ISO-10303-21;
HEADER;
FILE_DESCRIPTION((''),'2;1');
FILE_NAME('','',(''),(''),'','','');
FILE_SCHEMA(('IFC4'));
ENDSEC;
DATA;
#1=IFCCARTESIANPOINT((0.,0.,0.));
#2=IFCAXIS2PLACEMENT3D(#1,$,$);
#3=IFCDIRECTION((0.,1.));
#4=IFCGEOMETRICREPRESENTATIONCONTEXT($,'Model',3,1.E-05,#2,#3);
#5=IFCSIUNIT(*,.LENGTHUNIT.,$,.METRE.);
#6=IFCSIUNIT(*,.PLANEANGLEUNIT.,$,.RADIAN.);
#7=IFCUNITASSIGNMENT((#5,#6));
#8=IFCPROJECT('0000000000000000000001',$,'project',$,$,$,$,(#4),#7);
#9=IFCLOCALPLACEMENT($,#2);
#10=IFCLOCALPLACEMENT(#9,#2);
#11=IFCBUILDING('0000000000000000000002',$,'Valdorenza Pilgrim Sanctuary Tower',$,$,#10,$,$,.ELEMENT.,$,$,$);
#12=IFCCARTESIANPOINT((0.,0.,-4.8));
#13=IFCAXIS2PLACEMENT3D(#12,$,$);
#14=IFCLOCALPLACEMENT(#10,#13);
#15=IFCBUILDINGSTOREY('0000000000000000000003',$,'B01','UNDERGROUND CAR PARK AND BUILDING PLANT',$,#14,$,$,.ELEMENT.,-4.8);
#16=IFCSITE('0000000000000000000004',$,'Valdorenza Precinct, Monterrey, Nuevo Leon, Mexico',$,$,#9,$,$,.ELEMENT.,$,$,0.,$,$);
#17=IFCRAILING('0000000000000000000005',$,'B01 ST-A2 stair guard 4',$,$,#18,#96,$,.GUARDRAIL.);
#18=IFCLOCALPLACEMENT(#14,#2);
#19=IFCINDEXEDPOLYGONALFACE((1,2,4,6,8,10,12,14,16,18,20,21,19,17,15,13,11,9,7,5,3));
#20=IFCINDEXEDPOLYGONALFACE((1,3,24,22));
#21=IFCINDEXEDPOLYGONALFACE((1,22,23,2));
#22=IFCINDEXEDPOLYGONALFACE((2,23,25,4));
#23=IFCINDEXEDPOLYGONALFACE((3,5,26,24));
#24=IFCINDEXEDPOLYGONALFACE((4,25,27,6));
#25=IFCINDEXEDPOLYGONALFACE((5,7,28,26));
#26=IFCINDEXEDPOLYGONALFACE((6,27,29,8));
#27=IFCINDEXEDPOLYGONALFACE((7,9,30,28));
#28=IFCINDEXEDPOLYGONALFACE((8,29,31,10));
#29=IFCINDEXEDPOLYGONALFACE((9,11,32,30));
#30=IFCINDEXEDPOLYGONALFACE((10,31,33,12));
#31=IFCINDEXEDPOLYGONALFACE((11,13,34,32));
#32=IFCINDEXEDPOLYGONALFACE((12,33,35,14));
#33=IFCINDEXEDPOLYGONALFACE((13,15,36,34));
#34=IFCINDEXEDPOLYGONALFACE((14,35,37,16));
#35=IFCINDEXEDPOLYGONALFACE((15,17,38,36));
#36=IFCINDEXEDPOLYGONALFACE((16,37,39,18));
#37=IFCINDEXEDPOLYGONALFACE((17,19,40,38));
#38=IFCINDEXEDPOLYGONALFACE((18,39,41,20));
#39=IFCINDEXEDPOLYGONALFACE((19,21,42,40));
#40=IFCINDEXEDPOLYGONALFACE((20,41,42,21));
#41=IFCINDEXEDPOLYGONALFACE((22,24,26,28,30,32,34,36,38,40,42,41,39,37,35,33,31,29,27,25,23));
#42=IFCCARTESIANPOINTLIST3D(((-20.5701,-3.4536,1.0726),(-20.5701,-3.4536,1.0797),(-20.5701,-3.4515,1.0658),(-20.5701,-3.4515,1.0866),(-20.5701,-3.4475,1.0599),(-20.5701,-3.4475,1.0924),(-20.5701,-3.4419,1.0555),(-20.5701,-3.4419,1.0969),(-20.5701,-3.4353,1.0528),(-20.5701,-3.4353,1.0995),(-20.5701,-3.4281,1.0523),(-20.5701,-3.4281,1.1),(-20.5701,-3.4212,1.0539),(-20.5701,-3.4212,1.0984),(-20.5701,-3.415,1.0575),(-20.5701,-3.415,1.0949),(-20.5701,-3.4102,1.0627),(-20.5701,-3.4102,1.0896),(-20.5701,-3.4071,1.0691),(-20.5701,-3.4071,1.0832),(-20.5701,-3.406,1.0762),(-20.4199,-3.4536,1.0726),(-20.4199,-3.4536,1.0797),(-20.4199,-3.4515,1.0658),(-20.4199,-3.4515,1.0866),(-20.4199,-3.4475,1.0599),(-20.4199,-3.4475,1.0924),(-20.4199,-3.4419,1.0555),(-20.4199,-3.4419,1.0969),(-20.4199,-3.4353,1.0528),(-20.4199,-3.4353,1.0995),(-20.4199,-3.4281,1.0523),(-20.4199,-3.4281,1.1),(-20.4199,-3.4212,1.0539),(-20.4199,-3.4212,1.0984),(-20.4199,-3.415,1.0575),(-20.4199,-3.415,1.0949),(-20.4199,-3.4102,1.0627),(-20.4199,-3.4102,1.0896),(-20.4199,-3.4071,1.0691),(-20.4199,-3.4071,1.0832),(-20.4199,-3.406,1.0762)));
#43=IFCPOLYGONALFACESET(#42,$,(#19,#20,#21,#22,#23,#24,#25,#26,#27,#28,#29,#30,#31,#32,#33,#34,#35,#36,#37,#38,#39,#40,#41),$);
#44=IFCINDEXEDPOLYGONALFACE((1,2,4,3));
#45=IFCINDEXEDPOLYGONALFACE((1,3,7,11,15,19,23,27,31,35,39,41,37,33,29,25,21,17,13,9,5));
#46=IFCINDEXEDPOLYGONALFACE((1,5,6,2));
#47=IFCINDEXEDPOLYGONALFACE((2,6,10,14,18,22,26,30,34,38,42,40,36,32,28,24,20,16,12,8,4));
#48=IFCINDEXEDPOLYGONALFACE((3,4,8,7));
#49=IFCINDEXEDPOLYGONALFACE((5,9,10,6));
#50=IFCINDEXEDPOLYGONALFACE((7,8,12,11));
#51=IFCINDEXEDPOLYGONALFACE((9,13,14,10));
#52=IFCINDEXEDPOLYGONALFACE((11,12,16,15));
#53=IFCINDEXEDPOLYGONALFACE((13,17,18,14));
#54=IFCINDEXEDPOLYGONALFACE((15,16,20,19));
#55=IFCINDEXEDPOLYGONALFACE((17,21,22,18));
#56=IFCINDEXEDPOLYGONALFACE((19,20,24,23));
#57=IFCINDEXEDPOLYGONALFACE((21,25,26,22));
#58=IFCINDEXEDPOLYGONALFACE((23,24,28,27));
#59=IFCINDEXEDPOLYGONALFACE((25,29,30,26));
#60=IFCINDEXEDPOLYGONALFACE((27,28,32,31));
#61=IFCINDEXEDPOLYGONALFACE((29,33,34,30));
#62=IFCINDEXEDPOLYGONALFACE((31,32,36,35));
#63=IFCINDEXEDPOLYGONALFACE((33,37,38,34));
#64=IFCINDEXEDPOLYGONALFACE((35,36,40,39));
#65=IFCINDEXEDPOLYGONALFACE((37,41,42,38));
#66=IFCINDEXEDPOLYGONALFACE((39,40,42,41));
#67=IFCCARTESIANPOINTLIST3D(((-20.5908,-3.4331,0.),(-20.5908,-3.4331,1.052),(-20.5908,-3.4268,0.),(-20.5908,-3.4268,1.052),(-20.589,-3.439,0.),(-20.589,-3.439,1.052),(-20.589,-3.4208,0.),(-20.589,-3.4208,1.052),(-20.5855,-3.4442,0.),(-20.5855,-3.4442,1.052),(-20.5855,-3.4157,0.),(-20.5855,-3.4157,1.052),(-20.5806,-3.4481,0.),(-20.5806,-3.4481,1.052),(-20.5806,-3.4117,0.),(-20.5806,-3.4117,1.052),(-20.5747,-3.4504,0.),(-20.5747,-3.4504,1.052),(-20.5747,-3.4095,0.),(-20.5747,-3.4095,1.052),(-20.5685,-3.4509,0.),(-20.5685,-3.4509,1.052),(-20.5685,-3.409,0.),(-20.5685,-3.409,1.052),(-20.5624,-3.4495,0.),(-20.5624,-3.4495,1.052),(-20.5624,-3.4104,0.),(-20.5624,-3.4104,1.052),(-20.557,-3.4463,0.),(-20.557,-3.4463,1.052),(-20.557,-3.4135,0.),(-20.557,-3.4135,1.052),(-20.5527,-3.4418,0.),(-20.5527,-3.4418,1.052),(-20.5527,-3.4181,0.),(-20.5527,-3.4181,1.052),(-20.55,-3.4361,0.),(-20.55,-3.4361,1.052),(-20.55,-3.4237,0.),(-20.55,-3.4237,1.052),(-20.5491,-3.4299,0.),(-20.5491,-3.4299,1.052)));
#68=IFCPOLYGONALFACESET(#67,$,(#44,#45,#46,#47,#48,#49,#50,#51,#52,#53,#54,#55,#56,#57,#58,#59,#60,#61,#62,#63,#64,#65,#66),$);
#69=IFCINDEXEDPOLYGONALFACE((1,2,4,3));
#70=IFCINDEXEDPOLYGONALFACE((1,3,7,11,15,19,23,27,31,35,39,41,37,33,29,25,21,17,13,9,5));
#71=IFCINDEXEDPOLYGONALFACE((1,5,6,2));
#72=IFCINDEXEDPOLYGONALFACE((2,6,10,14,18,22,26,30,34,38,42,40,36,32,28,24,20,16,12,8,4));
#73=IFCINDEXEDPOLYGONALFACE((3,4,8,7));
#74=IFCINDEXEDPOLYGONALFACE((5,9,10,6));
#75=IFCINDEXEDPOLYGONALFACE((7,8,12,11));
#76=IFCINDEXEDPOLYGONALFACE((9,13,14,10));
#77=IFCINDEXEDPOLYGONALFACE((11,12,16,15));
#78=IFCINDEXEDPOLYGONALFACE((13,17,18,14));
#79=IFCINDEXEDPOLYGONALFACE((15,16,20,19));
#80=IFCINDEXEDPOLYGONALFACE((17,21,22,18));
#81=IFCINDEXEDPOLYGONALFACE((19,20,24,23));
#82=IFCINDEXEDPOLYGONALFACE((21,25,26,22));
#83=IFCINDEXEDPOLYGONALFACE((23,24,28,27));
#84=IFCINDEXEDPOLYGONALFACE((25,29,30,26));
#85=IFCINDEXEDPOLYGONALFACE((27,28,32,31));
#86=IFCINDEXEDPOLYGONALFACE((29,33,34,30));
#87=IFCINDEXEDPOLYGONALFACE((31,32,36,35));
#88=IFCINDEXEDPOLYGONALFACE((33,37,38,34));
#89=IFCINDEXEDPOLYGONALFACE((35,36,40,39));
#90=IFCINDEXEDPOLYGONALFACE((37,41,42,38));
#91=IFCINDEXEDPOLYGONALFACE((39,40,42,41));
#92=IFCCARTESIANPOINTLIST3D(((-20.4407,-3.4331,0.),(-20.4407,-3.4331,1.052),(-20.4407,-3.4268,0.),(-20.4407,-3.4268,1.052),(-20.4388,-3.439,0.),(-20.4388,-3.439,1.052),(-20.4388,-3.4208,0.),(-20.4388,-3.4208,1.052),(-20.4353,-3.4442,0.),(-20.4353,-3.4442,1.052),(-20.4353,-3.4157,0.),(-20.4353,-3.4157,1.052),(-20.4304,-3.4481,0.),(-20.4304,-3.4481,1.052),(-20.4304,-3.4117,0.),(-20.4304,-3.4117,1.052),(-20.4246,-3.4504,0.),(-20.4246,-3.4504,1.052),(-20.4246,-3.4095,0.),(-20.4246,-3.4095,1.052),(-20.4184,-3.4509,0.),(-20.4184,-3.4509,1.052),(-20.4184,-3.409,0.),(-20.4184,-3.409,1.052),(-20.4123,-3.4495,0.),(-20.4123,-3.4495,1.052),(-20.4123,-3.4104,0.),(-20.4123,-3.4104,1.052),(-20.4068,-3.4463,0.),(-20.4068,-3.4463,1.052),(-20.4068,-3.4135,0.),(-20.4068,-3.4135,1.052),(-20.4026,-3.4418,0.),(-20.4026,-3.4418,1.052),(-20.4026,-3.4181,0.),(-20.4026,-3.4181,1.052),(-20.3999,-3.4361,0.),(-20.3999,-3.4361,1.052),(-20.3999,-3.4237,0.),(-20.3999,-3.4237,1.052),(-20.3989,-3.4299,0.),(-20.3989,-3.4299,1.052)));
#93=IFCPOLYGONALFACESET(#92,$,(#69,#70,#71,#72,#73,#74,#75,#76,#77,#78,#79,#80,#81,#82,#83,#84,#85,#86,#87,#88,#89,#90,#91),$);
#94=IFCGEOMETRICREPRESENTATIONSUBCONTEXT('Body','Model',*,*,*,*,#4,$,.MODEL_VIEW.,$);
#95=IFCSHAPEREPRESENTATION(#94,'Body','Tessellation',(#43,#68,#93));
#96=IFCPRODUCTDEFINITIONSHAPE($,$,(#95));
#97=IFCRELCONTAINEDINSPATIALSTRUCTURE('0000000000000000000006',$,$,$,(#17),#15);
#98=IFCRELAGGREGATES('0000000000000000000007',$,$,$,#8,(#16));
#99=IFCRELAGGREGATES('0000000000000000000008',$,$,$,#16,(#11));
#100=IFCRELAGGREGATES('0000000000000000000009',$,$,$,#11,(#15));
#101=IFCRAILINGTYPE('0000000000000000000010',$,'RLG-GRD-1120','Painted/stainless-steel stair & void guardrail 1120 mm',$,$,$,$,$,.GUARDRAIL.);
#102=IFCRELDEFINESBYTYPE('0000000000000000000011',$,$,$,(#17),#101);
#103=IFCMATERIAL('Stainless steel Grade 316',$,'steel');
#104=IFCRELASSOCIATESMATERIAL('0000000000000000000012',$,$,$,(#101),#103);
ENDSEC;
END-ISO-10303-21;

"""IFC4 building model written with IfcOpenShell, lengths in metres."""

from ifc_helpers import new_model, si_unit, direction, frame, origin, origin_2d, place, context, subcontext, project, spatial, circle, extrude, material, type_object, element, save


model = new_model("IFC4")

# Units and contexts
model_context = context("Model", 3, precision=1e-05, world=origin(), true_north=direction((0.0, 1.0)))
body_context = subcontext(model_context, "Body", "Model", "MODEL_VIEW")
ifc_project = project(units=[si_unit("LENGTHUNIT", "METRE"), si_unit("PLANEANGLEUNIT", "RADIAN")], contexts=[model_context])

# Site, building, storey
site_placement = place(None, origin())
site = spatial("IfcSite", under=ifc_project, at=site_placement, Name="Valdorenza Precinct, Monterrey, Nuevo Leon, Mexico", CompositionType="ELEMENT", RefElevation=0.0)
building_placement = place(site_placement, origin())
building = spatial("IfcBuilding", under=site, at=building_placement, Name="Valdorenza Pilgrim Sanctuary Tower", CompositionType="ELEMENT")
storey_placement = place(building_placement, frame((0.0, 0.0, -4.8)))
storey = spatial("IfcBuildingStorey", under=building, at=storey_placement, Name="B01", Description="UNDERGROUND CAR PARK AND BUILDING PLANT", CompositionType="ELEMENT", Elevation=-4.8)

# Railing
ifc_material_1 = material(Name="Stainless steel Grade 316", Category="steel")
railing_type_1 = type_object("IfcRailingType", Name="RLG-GRD-1120", Description="Painted/stainless-steel stair & void guardrail 1120 mm", PredefinedType="GUARDRAIL", material=ifc_material_1)
railing_1_placement = place(storey_placement, frame((-20.5701, -3.4299, 0.0)))
element("IfcRailing", 1, at=railing_1_placement, inside=storey, type_object=railing_type_1, Name="B01 ST-A2 stair guard 4", PredefinedType="GUARDRAIL", context=body_context, shape_type="SweptSolid", body=[
    extrude(circle(Radius=0.0239, at=origin_2d()), frame((0.0, 0.0, 1.0762), z_axis=(1.0, 0.0, 0.0), x_axis=(0.0, 1.0, 0.0)), (0.0, 0.0, 1.0), 0.1501),
    extrude(circle(Radius=0.021, at=origin_2d()), origin(), (0.0, 0.0, 1.0), 1.052),
    extrude(circle(Radius=0.021, at=origin_2d()), frame((0.1501, 0.0, 0.0)), (0.0, 0.0, 1.0), 1.052),
])

save(model, "model.ifc")
